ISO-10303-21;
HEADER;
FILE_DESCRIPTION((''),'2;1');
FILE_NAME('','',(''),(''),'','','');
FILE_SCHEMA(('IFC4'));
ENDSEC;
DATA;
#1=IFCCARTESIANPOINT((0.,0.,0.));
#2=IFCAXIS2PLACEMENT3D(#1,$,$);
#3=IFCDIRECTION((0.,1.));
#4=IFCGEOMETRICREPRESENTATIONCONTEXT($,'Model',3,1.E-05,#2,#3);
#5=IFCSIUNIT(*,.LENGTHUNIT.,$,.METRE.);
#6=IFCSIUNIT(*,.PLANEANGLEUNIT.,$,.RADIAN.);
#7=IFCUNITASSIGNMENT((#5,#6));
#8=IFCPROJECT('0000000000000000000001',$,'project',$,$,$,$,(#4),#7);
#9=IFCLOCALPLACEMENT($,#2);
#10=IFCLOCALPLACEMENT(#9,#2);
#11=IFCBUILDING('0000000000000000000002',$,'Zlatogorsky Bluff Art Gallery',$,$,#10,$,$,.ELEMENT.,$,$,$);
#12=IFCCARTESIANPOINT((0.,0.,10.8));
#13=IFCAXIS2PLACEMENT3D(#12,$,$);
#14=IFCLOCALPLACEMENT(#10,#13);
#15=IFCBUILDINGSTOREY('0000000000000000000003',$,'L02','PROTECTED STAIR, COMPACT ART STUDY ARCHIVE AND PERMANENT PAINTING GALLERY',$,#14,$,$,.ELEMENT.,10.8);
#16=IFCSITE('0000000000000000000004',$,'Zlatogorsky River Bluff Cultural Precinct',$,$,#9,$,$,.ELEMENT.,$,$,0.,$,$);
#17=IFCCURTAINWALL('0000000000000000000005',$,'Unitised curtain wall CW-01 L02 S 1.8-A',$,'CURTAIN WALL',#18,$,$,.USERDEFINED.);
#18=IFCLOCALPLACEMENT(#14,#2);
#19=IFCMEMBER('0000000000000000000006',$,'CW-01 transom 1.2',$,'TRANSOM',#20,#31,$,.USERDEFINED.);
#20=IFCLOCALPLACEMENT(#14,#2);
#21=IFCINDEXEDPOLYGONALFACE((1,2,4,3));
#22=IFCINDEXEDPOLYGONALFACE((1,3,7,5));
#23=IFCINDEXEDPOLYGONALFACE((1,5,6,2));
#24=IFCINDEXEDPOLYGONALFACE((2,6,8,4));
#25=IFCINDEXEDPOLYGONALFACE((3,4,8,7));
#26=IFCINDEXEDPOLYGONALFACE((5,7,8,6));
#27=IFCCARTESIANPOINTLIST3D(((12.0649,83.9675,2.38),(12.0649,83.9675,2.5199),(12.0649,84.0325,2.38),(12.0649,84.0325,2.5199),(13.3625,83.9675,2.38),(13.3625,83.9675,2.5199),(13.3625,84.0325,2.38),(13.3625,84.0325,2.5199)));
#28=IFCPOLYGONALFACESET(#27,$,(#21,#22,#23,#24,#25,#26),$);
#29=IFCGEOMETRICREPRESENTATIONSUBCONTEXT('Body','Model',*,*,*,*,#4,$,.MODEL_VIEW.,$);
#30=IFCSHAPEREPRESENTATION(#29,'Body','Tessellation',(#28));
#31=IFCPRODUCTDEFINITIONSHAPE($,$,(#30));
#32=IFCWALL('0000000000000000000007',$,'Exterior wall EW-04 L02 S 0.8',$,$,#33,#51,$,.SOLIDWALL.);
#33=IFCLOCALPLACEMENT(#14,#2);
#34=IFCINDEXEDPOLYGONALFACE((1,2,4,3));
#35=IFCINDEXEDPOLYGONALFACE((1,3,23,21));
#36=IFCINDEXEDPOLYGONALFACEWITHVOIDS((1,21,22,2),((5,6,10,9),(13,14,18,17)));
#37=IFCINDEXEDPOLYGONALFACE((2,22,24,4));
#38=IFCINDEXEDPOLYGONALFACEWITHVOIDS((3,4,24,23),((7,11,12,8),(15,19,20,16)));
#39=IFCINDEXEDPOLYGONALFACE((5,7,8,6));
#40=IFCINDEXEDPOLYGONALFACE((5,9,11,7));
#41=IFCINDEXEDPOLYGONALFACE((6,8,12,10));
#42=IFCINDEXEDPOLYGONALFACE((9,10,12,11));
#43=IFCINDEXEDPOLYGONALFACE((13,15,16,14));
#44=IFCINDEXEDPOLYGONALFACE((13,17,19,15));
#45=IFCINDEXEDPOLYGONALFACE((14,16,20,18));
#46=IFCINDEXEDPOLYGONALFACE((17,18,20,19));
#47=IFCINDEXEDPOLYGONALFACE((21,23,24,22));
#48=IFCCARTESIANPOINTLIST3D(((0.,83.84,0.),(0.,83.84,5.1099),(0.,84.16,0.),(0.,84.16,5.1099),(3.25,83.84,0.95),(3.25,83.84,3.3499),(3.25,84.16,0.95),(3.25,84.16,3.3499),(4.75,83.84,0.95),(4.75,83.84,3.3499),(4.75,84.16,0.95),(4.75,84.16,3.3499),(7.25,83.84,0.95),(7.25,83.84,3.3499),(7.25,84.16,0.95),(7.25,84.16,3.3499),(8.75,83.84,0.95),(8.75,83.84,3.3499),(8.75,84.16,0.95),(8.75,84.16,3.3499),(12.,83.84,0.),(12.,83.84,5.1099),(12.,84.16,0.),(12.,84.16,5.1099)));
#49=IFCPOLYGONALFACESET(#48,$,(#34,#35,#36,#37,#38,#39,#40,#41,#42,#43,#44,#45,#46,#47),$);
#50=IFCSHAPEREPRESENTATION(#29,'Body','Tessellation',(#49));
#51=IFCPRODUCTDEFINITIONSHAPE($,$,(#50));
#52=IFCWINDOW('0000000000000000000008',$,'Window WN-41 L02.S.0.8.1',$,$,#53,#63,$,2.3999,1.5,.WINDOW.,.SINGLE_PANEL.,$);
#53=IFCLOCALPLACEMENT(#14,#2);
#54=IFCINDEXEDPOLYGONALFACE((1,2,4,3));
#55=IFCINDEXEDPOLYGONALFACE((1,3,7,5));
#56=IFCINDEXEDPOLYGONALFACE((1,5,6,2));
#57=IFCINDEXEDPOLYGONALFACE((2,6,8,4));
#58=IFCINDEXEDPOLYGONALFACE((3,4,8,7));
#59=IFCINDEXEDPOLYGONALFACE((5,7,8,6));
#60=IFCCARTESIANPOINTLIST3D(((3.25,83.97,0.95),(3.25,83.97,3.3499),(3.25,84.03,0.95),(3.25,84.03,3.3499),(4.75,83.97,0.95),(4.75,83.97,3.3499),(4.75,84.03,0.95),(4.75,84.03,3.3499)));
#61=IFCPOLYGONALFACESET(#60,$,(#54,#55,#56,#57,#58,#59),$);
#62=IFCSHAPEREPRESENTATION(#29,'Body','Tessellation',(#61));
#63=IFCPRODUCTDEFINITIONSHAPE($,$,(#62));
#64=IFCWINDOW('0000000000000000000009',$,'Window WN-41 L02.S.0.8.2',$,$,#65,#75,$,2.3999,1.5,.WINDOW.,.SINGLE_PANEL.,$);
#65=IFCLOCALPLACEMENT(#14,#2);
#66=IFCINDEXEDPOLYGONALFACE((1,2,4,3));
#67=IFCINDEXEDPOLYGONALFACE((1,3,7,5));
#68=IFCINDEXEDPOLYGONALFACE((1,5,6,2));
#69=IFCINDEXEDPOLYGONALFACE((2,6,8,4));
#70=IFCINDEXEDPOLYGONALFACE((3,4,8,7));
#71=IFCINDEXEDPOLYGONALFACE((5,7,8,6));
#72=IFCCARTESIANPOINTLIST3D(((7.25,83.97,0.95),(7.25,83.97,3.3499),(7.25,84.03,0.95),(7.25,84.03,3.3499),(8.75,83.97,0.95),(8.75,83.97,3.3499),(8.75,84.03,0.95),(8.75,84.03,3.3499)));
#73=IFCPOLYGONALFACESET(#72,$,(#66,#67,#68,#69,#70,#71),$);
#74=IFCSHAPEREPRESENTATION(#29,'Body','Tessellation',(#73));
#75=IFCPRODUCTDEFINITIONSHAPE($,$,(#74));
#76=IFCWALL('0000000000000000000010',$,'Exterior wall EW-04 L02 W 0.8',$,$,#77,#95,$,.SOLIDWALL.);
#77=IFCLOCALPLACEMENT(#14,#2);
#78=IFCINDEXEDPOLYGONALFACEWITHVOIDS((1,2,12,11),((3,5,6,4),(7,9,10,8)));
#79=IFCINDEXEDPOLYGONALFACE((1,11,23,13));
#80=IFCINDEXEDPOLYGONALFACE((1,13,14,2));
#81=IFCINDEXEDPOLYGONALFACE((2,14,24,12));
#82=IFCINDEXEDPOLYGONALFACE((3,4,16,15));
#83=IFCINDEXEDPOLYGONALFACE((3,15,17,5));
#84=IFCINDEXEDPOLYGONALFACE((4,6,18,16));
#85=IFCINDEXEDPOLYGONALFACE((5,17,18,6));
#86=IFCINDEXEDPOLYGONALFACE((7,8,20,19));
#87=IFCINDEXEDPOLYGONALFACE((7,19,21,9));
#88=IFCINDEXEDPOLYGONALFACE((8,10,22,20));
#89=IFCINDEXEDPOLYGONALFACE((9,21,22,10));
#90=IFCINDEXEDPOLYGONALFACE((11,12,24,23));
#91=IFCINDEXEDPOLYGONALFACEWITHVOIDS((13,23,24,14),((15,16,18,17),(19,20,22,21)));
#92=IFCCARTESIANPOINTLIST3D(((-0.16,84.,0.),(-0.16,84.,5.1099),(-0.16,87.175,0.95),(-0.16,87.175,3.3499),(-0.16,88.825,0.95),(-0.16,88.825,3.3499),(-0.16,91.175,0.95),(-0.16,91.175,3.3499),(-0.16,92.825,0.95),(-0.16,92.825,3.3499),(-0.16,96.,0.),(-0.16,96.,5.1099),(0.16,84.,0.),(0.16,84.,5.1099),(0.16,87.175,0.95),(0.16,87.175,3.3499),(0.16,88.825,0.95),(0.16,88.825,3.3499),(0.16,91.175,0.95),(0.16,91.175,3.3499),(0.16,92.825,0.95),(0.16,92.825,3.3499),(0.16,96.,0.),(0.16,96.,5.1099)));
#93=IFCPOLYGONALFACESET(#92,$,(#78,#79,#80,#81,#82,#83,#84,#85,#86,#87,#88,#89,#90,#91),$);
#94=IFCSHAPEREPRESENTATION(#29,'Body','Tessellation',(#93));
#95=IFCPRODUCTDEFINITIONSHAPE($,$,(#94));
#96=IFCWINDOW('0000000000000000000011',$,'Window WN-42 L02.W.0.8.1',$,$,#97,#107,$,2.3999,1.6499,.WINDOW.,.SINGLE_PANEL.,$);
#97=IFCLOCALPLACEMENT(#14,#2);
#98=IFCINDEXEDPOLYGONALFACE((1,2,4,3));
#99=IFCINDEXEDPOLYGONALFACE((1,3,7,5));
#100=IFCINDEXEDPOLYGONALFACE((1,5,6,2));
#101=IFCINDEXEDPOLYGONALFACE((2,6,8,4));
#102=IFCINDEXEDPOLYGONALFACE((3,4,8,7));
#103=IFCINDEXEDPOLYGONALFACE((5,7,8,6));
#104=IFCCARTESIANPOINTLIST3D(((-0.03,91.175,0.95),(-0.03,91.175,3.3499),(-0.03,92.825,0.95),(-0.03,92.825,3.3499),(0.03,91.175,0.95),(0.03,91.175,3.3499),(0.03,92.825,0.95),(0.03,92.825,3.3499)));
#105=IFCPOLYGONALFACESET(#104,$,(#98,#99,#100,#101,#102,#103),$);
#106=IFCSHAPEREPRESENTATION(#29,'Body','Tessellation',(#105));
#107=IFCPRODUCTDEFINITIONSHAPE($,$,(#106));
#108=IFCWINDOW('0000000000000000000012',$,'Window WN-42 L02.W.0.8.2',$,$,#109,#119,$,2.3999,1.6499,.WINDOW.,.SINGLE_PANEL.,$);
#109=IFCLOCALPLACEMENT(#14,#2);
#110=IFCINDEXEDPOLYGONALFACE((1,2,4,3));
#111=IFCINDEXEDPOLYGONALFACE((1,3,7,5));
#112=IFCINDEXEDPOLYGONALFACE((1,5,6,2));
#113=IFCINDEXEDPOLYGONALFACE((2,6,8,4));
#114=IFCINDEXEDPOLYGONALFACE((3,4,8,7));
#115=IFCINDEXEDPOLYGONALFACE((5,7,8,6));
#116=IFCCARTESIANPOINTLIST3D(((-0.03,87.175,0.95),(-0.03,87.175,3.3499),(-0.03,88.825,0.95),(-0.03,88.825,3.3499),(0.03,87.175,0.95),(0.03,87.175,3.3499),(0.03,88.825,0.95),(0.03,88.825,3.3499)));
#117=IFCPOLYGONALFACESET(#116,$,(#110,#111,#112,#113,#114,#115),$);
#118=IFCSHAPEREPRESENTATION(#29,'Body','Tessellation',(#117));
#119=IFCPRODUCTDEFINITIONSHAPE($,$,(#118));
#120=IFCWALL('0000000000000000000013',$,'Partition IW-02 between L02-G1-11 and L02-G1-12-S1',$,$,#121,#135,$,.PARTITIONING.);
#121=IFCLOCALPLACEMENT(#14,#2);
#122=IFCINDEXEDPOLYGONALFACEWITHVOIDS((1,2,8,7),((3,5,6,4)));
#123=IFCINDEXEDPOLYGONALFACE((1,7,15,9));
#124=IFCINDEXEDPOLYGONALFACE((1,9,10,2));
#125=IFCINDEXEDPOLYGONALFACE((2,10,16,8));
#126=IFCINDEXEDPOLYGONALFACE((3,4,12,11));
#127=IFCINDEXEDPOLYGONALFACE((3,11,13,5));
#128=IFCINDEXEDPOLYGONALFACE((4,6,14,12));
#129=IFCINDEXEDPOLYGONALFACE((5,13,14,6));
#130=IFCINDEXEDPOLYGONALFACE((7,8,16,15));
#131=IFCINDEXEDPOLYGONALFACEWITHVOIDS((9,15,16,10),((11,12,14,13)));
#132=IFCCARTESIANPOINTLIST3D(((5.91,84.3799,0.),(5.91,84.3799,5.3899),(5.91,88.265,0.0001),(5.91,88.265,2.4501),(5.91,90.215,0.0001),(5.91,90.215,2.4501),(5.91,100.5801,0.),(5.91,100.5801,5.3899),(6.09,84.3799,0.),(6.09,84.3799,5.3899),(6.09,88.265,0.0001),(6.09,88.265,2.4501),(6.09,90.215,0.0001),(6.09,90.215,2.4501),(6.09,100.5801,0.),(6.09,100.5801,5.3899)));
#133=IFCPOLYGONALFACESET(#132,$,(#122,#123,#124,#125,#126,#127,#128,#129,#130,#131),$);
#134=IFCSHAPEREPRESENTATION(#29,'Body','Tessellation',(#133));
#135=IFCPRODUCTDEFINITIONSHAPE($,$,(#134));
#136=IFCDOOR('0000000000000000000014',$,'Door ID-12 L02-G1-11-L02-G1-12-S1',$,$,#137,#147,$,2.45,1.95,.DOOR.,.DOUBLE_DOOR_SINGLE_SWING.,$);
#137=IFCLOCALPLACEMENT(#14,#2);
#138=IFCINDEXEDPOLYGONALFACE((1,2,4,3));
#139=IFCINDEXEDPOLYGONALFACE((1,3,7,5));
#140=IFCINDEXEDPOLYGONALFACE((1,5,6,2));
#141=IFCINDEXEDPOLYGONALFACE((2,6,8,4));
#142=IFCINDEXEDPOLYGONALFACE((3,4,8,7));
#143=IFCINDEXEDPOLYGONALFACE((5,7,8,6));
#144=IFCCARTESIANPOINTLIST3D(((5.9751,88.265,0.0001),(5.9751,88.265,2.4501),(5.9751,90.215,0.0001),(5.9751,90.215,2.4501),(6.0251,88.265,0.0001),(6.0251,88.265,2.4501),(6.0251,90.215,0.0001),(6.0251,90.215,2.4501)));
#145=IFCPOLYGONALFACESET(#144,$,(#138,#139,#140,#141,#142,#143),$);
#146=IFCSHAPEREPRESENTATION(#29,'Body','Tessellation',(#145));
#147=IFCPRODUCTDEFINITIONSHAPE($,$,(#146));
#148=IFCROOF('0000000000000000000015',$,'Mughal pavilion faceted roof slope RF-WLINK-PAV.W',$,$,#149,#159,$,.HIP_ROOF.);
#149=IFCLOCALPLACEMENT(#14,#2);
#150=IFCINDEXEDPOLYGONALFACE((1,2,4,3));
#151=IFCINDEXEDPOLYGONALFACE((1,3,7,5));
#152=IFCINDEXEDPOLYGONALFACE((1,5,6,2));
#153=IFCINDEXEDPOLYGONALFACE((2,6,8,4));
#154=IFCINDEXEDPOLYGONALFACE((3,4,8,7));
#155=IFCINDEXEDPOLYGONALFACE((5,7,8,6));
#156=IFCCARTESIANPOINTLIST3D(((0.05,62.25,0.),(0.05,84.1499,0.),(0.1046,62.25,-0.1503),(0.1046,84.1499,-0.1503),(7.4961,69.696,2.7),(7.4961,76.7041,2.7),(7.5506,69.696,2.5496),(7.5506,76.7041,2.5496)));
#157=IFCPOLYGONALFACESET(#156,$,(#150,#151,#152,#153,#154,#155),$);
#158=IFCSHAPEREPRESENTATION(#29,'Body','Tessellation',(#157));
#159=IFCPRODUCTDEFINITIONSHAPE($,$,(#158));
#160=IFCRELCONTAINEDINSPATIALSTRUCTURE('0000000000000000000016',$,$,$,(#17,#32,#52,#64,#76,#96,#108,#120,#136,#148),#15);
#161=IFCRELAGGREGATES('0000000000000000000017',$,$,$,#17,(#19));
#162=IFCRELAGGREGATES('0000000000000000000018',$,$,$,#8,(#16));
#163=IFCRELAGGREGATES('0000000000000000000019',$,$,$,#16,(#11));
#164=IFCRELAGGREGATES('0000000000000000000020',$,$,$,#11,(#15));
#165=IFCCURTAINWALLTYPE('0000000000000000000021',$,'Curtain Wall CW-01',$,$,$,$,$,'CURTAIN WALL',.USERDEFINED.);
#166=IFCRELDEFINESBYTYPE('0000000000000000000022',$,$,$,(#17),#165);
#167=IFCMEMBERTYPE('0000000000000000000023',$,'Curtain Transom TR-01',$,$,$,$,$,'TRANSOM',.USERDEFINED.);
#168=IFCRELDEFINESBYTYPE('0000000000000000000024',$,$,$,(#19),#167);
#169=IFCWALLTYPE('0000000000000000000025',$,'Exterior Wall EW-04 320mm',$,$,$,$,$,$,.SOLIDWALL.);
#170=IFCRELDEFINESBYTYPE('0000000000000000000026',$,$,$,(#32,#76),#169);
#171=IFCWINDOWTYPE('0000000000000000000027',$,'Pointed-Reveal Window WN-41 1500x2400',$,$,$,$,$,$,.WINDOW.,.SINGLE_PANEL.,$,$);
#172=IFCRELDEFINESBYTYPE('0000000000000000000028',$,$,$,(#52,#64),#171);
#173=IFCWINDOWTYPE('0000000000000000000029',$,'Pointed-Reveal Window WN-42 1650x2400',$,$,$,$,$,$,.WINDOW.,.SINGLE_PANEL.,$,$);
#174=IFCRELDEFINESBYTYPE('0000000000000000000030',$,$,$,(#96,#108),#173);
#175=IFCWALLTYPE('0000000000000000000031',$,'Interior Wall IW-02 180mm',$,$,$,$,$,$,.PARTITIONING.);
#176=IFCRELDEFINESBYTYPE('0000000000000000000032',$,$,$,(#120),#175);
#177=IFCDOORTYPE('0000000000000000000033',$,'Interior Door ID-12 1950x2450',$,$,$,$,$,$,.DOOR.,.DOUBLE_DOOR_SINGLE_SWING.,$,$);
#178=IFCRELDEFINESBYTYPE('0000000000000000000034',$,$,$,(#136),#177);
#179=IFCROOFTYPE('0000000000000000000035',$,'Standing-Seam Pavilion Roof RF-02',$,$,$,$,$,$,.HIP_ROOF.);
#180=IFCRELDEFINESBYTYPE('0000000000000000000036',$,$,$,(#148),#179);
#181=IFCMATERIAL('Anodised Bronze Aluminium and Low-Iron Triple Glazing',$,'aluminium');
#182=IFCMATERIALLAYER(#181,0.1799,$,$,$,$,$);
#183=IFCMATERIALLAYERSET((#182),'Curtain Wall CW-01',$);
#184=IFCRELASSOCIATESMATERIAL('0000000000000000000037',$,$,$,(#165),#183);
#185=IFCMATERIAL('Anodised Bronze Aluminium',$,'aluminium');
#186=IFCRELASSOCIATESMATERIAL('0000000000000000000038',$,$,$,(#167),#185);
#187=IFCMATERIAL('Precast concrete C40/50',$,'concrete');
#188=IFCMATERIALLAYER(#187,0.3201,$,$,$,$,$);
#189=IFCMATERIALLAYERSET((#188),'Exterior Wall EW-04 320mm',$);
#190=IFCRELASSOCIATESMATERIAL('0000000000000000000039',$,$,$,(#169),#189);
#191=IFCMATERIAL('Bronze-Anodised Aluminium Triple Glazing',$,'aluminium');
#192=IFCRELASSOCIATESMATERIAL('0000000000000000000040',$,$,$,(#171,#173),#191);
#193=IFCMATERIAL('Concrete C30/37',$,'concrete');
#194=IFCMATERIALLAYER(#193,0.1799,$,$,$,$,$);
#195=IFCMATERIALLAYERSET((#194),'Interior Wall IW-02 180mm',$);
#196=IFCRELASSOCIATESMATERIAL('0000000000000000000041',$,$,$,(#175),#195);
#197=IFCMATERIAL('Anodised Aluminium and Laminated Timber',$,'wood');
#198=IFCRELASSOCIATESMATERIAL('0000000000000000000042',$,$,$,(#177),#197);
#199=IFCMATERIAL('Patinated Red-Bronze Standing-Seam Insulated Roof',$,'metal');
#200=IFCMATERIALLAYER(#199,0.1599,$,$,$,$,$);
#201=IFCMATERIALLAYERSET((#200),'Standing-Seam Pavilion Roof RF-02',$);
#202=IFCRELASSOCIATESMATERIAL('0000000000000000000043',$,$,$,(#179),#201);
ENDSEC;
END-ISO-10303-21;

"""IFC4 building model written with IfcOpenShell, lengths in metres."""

from ifc_helpers import new_model, si_unit, direction, frame, frame_2d, origin, origin_2d, place, context, subcontext, project, spatial, polyline, rectangle, outline, extrude, material, layer, layer_set, material_profile, profile_set, type_object, element, fill, aggregate, save


model = new_model("IFC4")

# Units and contexts
model_context = context("Model", 3, precision=1e-05, world=origin(), true_north=direction((0.0, 1.0)))
body_context = subcontext(model_context, "Body", "Model", "MODEL_VIEW")
ifc_project = project(units=[si_unit("LENGTHUNIT", "METRE"), si_unit("PLANEANGLEUNIT", "RADIAN")], contexts=[model_context])

# Site, building, storey
site_placement = place(None, origin())
site = spatial("IfcSite", under=ifc_project, at=site_placement, Name="Zlatogorsky River Bluff Cultural Precinct", CompositionType="ELEMENT", RefElevation=0.0)
building_placement = place(site_placement, origin())
building = spatial("IfcBuilding", under=site, at=building_placement, Name="Zlatogorsky Bluff Art Gallery", CompositionType="ELEMENT")
storey_placement = place(building_placement, frame((0.0, 0.0, 10.8)))
storey = spatial("IfcBuildingStorey", under=building, at=storey_placement, Name="L02", Description="PROTECTED STAIR, COMPACT ART STUDY ARCHIVE AND PERMANENT PAINTING GALLERY", CompositionType="ELEMENT", Elevation=10.8)

# Curtain wall, member
ifc_material_1 = material(Name="Anodised Bronze Aluminium and Low-Iron Triple Glazing", Category="aluminium")
ifc_layer_1 = layer(ifc_material_1, 0.1799)
ifc_layer_set_1 = layer_set([ifc_layer_1], Name="Curtain Wall CW-01")
curtain_wall_type = type_object("IfcCurtainWallType", Name="Curtain Wall CW-01", ElementType="CURTAIN WALL", PredefinedType="USERDEFINED", material=ifc_layer_set_1)
curtain_wall_placement = place(storey_placement, origin())
curtain_wall = element("IfcCurtainWall", 1, at=curtain_wall_placement, inside=storey, type_object=curtain_wall_type, Name="Unitised curtain wall CW-01 L02 S 1.8-A", ObjectType="CURTAIN WALL", PredefinedType="USERDEFINED")
ifc_material_2 = material(Name="Anodised Bronze Aluminium", Category="aluminium")
ifc_material_profile_1 = material_profile(ifc_material_2, rectangle(XDim=0.0649, YDim=0.1399, at=origin_2d()), Name="ALU TRANSOM 65x140")
ifc_profile_set_1 = profile_set([ifc_material_profile_1], Name="Anodised Bronze Aluminium")
member_type_1 = type_object("IfcMemberType", Name="Curtain Transom TR-01", ElementType="TRANSOM", PredefinedType="USERDEFINED", material=ifc_profile_set_1)
member_1_placement = place(storey_placement, frame((12.0649, 84.0, 2.45), z_axis=(1.0, 0.0, 0.0), x_axis=(0.0, 1.0, 0.0)))
member_1 = element("IfcMember", 2, at=member_1_placement, type_object=member_type_1, Name="CW-01 transom 1.2", ObjectType="TRANSOM", PredefinedType="USERDEFINED", context=body_context, shape_type="SweptSolid", body=[
    extrude(rectangle(XDim=0.0649, YDim=0.1399, at=origin_2d()), origin(), (0.0, 0.0, 1.0), 1.2976),
])
aggregate(curtain_wall, [member_1])

# Walls, openings, windows
ifc_material_3 = material(Name="Precast concrete C40/50", Category="concrete")
ifc_layer_2 = layer(ifc_material_3, 0.3201)
ifc_layer_set_2 = layer_set([ifc_layer_2], Name="Exterior Wall EW-04 320mm")
wall_type_1 = type_object("IfcWallType", Name="Exterior Wall EW-04 320mm", PredefinedType="SOLIDWALL", material=ifc_layer_set_2)
wall_1_placement = place(storey_placement, frame((0.0, 84.0, 0.0), z_axis=(0.0, 0.0, 1.0), x_axis=(1.0, 0.0, 0.0)))
wall_1 = element("IfcWall", 3, at=wall_1_placement, inside=storey, type_object=wall_type_1, Name="Exterior wall EW-04 L02 S 0.8", PredefinedType="SOLIDWALL", context=body_context, shape_type="SweptSolid", body=[
    extrude(rectangle(XDim=12.0, YDim=0.3201, at=frame_2d((6.0, 0.0))), origin(), (0.0, 0.0, 1.0), 5.1099),
])
opening_1_placement = place(wall_1_placement, frame((3.25, 0.0, 0.95)))
opening_1 = element("IfcOpeningElement", 4, at=opening_1_placement, cuts=wall_1, PredefinedType="OPENING", context=body_context, shape_type="SweptSolid", body=[
    extrude(rectangle(XDim=1.5, YDim=2.3999, at=frame_2d((0.75, 1.2))), frame((0.0, 0.1699, 0.0), z_axis=(0.0, -1.0, 0.0), x_axis=(1.0, 0.0, 0.0)), (0.0, 0.0, 1.0), 0.3401),
])
opening_2_placement = place(wall_1_placement, frame((7.25, 0.0, 0.95)))
opening_2 = element("IfcOpeningElement", 5, at=opening_2_placement, cuts=wall_1, PredefinedType="OPENING", context=body_context, shape_type="SweptSolid", body=[
    extrude(rectangle(XDim=1.5, YDim=2.3999, at=frame_2d((0.75, 1.2))), frame((0.0, 0.1699, 0.0), z_axis=(0.0, -1.0, 0.0), x_axis=(1.0, 0.0, 0.0)), (0.0, 0.0, 1.0), 0.3401),
])
ifc_material_4 = material(Name="Bronze-Anodised Aluminium Triple Glazing", Category="aluminium")
window_type_1 = type_object("IfcWindowType", Name="Pointed-Reveal Window WN-41 1500x2400", PartitioningType="SINGLE_PANEL", PredefinedType="WINDOW", material=ifc_material_4)
window_1_placement = place(opening_1_placement, origin())
window_1 = element("IfcWindow", 6, at=window_1_placement, inside=storey, type_object=window_type_1, Name="Window WN-41 L02.S.0.8.1", OverallHeight=2.3999, OverallWidth=1.5, PartitioningType="SINGLE_PANEL", PredefinedType="WINDOW", context=body_context, shape_type="SweptSolid", body=[
    extrude(rectangle(XDim=1.5, YDim=2.3999, at=frame_2d((0.75, 1.2))), frame((0.0, 0.03, 0.0), z_axis=(0.0, -1.0, 0.0), x_axis=(1.0, 0.0, 0.0)), (0.0, 0.0, 1.0), 0.0601),
])
fill(opening_1, window_1)
window_2_placement = place(opening_2_placement, origin())
window_2 = element("IfcWindow", 7, at=window_2_placement, inside=storey, type_object=window_type_1, Name="Window WN-41 L02.S.0.8.2", OverallHeight=2.3999, OverallWidth=1.5, PartitioningType="SINGLE_PANEL", PredefinedType="WINDOW", context=body_context, shape_type="SweptSolid", body=[
    extrude(rectangle(XDim=1.5, YDim=2.3999, at=frame_2d((0.75, 1.2))), frame((0.0, 0.03, 0.0), z_axis=(0.0, -1.0, 0.0), x_axis=(1.0, 0.0, 0.0)), (0.0, 0.0, 1.0), 0.0601),
])
fill(opening_2, window_2)
wall_2_placement = place(storey_placement, frame((0.0, 96.0, 0.0), z_axis=(0.0, 0.0, 1.0), x_axis=(0.0, -1.0, 0.0)))
wall_2 = element("IfcWall", 8, at=wall_2_placement, inside=storey, type_object=wall_type_1, Name="Exterior wall EW-04 L02 W 0.8", PredefinedType="SOLIDWALL", context=body_context, shape_type="SweptSolid", body=[
    extrude(rectangle(XDim=12.0, YDim=0.3201, at=frame_2d((6.0, 0.0))), origin(), (0.0, 0.0, 1.0), 5.1099),
])
opening_3_placement = place(wall_2_placement, frame((3.175, 0.0, 0.95)))
opening_3 = element("IfcOpeningElement", 9, at=opening_3_placement, cuts=wall_2, PredefinedType="OPENING", context=body_context, shape_type="SweptSolid", body=[
    extrude(rectangle(XDim=1.6499, YDim=2.3999, at=frame_2d((0.825, 1.2))), frame((0.0, 0.1699, 0.0), z_axis=(0.0, -1.0, 0.0), x_axis=(1.0, 0.0, 0.0)), (0.0, 0.0, 1.0), 0.3401),
])
opening_4_placement = place(wall_2_placement, frame((7.175, 0.0, 0.95)))
opening_4 = element("IfcOpeningElement", 10, at=opening_4_placement, cuts=wall_2, PredefinedType="OPENING", context=body_context, shape_type="SweptSolid", body=[
    extrude(rectangle(XDim=1.6499, YDim=2.3999, at=frame_2d((0.825, 1.2))), frame((0.0, 0.1699, 0.0), z_axis=(0.0, -1.0, 0.0), x_axis=(1.0, 0.0, 0.0)), (0.0, 0.0, 1.0), 0.3401),
])
window_type_2 = type_object("IfcWindowType", Name="Pointed-Reveal Window WN-42 1650x2400", PartitioningType="SINGLE_PANEL", PredefinedType="WINDOW", material=ifc_material_4)
window_3_placement = place(opening_3_placement, origin())
window_3 = element("IfcWindow", 11, at=window_3_placement, inside=storey, type_object=window_type_2, Name="Window WN-42 L02.W.0.8.1", OverallHeight=2.3999, OverallWidth=1.6499, PartitioningType="SINGLE_PANEL", PredefinedType="WINDOW", context=body_context, shape_type="SweptSolid", body=[
    extrude(rectangle(XDim=1.6499, YDim=2.3999, at=frame_2d((0.825, 1.2))), frame((0.0, 0.03, 0.0), z_axis=(0.0, -1.0, 0.0), x_axis=(1.0, 0.0, 0.0)), (0.0, 0.0, 1.0), 0.0601),
])
fill(opening_3, window_3)
window_4_placement = place(opening_4_placement, origin())
window_4 = element("IfcWindow", 12, at=window_4_placement, inside=storey, type_object=window_type_2, Name="Window WN-42 L02.W.0.8.2", OverallHeight=2.3999, OverallWidth=1.6499, PartitioningType="SINGLE_PANEL", PredefinedType="WINDOW", context=body_context, shape_type="SweptSolid", body=[
    extrude(rectangle(XDim=1.6499, YDim=2.3999, at=frame_2d((0.825, 1.2))), frame((0.0, 0.03, 0.0), z_axis=(0.0, -1.0, 0.0), x_axis=(1.0, 0.0, 0.0)), (0.0, 0.0, 1.0), 0.0601),
])
fill(opening_4, window_4)

# Wall, opening, door
ifc_material_5 = material(Name="Concrete C30/37", Category="concrete")
ifc_layer_3 = layer(ifc_material_5, 0.1799)
ifc_layer_set_3 = layer_set([ifc_layer_3], Name="Interior Wall IW-02 180mm")
wall_type_2 = type_object("IfcWallType", Name="Interior Wall IW-02 180mm", PredefinedType="PARTITIONING", material=ifc_layer_set_3)
wall_3_placement = place(storey_placement, frame((6.0, 84.3799, 0.0), z_axis=(0.0, 0.0, 1.0), x_axis=(0.0, 1.0, 0.0)))
wall_3 = element("IfcWall", 13, at=wall_3_placement, inside=storey, type_object=wall_type_2, Name="Partition IW-02 between L02-G1-11 and L02-G1-12-S1", PredefinedType="PARTITIONING", context=body_context, shape_type="SweptSolid", body=[
    extrude(rectangle(XDim=16.2002, YDim=0.1799, at=frame_2d((8.1001, 0.0))), origin(), (0.0, 0.0, 1.0), 5.3899),
])
opening_5_placement = place(wall_3_placement, frame((3.885, 0.0, 0.0)))
opening_5 = element("IfcOpeningElement", 14, at=opening_5_placement, cuts=wall_3, PredefinedType="OPENING", context=body_context, shape_type="SweptSolid", body=[
    extrude(rectangle(XDim=1.95, YDim=2.45, at=frame_2d((0.9751, 1.2251))), frame((0.0, 0.0999, 0.0), z_axis=(0.0, -1.0, 0.0), x_axis=(1.0, 0.0, 0.0)), (0.0, 0.0, 1.0), 0.2),
])
ifc_material_6 = material(Name="Anodised Aluminium and Laminated Timber", Category="wood")
door_type = type_object("IfcDoorType", Name="Interior Door ID-12 1950x2450", OperationType="DOUBLE_DOOR_SINGLE_SWING", PredefinedType="DOOR", material=ifc_material_6)
door_placement = place(opening_5_placement, origin())
door = element("IfcDoor", 15, at=door_placement, inside=storey, type_object=door_type, Name="Door ID-12 L02-G1-11-L02-G1-12-S1", OperationType="DOUBLE_DOOR_SINGLE_SWING", OverallHeight=2.45, OverallWidth=1.95, PredefinedType="DOOR", context=body_context, shape_type="SweptSolid", body=[
    extrude(rectangle(XDim=1.95, YDim=2.45, at=frame_2d((0.9751, 1.2251))), frame((0.0, 0.0249, 0.0), z_axis=(0.0, -1.0, 0.0), x_axis=(1.0, 0.0, 0.0)), (0.0, 0.0, 1.0), 0.05),
])
fill(opening_5, door)

# Roof
ifc_material_7 = material(Name="Patinated Red-Bronze Standing-Seam Insulated Roof", Category="metal")
ifc_layer_4 = layer(ifc_material_7, 0.1599)
ifc_layer_set_4 = layer_set([ifc_layer_4], Name="Standing-Seam Pavilion Roof RF-02")
roof_type = type_object("IfcRoofType", Name="Standing-Seam Pavilion Roof RF-02", PredefinedType="HIP_ROOF", material=ifc_layer_set_4)
roof_placement = place(storey_placement, frame((0.05, 84.1499, 0.0), z_axis=(-0.340884, 0.0, 0.940105), x_axis=(0.0, -1.0, 0.0)))
element("IfcRoof", 16, at=roof_placement, inside=storey, type_object=roof_type, Name="Mughal pavilion faceted roof slope RF-WLINK-PAV.W", PredefinedType="HIP_ROOF", context=body_context, shape_type="SweptSolid", body=[
    extrude(outline(polyline([(0.0, 0.0), (21.8999, 0.0), (14.4539, 7.9204), (7.4458, 7.9204), (0.0, 0.0)])), origin(), (0.0, 0.0, -1.0), 0.1599),
])

save(model, "model.ifc")
